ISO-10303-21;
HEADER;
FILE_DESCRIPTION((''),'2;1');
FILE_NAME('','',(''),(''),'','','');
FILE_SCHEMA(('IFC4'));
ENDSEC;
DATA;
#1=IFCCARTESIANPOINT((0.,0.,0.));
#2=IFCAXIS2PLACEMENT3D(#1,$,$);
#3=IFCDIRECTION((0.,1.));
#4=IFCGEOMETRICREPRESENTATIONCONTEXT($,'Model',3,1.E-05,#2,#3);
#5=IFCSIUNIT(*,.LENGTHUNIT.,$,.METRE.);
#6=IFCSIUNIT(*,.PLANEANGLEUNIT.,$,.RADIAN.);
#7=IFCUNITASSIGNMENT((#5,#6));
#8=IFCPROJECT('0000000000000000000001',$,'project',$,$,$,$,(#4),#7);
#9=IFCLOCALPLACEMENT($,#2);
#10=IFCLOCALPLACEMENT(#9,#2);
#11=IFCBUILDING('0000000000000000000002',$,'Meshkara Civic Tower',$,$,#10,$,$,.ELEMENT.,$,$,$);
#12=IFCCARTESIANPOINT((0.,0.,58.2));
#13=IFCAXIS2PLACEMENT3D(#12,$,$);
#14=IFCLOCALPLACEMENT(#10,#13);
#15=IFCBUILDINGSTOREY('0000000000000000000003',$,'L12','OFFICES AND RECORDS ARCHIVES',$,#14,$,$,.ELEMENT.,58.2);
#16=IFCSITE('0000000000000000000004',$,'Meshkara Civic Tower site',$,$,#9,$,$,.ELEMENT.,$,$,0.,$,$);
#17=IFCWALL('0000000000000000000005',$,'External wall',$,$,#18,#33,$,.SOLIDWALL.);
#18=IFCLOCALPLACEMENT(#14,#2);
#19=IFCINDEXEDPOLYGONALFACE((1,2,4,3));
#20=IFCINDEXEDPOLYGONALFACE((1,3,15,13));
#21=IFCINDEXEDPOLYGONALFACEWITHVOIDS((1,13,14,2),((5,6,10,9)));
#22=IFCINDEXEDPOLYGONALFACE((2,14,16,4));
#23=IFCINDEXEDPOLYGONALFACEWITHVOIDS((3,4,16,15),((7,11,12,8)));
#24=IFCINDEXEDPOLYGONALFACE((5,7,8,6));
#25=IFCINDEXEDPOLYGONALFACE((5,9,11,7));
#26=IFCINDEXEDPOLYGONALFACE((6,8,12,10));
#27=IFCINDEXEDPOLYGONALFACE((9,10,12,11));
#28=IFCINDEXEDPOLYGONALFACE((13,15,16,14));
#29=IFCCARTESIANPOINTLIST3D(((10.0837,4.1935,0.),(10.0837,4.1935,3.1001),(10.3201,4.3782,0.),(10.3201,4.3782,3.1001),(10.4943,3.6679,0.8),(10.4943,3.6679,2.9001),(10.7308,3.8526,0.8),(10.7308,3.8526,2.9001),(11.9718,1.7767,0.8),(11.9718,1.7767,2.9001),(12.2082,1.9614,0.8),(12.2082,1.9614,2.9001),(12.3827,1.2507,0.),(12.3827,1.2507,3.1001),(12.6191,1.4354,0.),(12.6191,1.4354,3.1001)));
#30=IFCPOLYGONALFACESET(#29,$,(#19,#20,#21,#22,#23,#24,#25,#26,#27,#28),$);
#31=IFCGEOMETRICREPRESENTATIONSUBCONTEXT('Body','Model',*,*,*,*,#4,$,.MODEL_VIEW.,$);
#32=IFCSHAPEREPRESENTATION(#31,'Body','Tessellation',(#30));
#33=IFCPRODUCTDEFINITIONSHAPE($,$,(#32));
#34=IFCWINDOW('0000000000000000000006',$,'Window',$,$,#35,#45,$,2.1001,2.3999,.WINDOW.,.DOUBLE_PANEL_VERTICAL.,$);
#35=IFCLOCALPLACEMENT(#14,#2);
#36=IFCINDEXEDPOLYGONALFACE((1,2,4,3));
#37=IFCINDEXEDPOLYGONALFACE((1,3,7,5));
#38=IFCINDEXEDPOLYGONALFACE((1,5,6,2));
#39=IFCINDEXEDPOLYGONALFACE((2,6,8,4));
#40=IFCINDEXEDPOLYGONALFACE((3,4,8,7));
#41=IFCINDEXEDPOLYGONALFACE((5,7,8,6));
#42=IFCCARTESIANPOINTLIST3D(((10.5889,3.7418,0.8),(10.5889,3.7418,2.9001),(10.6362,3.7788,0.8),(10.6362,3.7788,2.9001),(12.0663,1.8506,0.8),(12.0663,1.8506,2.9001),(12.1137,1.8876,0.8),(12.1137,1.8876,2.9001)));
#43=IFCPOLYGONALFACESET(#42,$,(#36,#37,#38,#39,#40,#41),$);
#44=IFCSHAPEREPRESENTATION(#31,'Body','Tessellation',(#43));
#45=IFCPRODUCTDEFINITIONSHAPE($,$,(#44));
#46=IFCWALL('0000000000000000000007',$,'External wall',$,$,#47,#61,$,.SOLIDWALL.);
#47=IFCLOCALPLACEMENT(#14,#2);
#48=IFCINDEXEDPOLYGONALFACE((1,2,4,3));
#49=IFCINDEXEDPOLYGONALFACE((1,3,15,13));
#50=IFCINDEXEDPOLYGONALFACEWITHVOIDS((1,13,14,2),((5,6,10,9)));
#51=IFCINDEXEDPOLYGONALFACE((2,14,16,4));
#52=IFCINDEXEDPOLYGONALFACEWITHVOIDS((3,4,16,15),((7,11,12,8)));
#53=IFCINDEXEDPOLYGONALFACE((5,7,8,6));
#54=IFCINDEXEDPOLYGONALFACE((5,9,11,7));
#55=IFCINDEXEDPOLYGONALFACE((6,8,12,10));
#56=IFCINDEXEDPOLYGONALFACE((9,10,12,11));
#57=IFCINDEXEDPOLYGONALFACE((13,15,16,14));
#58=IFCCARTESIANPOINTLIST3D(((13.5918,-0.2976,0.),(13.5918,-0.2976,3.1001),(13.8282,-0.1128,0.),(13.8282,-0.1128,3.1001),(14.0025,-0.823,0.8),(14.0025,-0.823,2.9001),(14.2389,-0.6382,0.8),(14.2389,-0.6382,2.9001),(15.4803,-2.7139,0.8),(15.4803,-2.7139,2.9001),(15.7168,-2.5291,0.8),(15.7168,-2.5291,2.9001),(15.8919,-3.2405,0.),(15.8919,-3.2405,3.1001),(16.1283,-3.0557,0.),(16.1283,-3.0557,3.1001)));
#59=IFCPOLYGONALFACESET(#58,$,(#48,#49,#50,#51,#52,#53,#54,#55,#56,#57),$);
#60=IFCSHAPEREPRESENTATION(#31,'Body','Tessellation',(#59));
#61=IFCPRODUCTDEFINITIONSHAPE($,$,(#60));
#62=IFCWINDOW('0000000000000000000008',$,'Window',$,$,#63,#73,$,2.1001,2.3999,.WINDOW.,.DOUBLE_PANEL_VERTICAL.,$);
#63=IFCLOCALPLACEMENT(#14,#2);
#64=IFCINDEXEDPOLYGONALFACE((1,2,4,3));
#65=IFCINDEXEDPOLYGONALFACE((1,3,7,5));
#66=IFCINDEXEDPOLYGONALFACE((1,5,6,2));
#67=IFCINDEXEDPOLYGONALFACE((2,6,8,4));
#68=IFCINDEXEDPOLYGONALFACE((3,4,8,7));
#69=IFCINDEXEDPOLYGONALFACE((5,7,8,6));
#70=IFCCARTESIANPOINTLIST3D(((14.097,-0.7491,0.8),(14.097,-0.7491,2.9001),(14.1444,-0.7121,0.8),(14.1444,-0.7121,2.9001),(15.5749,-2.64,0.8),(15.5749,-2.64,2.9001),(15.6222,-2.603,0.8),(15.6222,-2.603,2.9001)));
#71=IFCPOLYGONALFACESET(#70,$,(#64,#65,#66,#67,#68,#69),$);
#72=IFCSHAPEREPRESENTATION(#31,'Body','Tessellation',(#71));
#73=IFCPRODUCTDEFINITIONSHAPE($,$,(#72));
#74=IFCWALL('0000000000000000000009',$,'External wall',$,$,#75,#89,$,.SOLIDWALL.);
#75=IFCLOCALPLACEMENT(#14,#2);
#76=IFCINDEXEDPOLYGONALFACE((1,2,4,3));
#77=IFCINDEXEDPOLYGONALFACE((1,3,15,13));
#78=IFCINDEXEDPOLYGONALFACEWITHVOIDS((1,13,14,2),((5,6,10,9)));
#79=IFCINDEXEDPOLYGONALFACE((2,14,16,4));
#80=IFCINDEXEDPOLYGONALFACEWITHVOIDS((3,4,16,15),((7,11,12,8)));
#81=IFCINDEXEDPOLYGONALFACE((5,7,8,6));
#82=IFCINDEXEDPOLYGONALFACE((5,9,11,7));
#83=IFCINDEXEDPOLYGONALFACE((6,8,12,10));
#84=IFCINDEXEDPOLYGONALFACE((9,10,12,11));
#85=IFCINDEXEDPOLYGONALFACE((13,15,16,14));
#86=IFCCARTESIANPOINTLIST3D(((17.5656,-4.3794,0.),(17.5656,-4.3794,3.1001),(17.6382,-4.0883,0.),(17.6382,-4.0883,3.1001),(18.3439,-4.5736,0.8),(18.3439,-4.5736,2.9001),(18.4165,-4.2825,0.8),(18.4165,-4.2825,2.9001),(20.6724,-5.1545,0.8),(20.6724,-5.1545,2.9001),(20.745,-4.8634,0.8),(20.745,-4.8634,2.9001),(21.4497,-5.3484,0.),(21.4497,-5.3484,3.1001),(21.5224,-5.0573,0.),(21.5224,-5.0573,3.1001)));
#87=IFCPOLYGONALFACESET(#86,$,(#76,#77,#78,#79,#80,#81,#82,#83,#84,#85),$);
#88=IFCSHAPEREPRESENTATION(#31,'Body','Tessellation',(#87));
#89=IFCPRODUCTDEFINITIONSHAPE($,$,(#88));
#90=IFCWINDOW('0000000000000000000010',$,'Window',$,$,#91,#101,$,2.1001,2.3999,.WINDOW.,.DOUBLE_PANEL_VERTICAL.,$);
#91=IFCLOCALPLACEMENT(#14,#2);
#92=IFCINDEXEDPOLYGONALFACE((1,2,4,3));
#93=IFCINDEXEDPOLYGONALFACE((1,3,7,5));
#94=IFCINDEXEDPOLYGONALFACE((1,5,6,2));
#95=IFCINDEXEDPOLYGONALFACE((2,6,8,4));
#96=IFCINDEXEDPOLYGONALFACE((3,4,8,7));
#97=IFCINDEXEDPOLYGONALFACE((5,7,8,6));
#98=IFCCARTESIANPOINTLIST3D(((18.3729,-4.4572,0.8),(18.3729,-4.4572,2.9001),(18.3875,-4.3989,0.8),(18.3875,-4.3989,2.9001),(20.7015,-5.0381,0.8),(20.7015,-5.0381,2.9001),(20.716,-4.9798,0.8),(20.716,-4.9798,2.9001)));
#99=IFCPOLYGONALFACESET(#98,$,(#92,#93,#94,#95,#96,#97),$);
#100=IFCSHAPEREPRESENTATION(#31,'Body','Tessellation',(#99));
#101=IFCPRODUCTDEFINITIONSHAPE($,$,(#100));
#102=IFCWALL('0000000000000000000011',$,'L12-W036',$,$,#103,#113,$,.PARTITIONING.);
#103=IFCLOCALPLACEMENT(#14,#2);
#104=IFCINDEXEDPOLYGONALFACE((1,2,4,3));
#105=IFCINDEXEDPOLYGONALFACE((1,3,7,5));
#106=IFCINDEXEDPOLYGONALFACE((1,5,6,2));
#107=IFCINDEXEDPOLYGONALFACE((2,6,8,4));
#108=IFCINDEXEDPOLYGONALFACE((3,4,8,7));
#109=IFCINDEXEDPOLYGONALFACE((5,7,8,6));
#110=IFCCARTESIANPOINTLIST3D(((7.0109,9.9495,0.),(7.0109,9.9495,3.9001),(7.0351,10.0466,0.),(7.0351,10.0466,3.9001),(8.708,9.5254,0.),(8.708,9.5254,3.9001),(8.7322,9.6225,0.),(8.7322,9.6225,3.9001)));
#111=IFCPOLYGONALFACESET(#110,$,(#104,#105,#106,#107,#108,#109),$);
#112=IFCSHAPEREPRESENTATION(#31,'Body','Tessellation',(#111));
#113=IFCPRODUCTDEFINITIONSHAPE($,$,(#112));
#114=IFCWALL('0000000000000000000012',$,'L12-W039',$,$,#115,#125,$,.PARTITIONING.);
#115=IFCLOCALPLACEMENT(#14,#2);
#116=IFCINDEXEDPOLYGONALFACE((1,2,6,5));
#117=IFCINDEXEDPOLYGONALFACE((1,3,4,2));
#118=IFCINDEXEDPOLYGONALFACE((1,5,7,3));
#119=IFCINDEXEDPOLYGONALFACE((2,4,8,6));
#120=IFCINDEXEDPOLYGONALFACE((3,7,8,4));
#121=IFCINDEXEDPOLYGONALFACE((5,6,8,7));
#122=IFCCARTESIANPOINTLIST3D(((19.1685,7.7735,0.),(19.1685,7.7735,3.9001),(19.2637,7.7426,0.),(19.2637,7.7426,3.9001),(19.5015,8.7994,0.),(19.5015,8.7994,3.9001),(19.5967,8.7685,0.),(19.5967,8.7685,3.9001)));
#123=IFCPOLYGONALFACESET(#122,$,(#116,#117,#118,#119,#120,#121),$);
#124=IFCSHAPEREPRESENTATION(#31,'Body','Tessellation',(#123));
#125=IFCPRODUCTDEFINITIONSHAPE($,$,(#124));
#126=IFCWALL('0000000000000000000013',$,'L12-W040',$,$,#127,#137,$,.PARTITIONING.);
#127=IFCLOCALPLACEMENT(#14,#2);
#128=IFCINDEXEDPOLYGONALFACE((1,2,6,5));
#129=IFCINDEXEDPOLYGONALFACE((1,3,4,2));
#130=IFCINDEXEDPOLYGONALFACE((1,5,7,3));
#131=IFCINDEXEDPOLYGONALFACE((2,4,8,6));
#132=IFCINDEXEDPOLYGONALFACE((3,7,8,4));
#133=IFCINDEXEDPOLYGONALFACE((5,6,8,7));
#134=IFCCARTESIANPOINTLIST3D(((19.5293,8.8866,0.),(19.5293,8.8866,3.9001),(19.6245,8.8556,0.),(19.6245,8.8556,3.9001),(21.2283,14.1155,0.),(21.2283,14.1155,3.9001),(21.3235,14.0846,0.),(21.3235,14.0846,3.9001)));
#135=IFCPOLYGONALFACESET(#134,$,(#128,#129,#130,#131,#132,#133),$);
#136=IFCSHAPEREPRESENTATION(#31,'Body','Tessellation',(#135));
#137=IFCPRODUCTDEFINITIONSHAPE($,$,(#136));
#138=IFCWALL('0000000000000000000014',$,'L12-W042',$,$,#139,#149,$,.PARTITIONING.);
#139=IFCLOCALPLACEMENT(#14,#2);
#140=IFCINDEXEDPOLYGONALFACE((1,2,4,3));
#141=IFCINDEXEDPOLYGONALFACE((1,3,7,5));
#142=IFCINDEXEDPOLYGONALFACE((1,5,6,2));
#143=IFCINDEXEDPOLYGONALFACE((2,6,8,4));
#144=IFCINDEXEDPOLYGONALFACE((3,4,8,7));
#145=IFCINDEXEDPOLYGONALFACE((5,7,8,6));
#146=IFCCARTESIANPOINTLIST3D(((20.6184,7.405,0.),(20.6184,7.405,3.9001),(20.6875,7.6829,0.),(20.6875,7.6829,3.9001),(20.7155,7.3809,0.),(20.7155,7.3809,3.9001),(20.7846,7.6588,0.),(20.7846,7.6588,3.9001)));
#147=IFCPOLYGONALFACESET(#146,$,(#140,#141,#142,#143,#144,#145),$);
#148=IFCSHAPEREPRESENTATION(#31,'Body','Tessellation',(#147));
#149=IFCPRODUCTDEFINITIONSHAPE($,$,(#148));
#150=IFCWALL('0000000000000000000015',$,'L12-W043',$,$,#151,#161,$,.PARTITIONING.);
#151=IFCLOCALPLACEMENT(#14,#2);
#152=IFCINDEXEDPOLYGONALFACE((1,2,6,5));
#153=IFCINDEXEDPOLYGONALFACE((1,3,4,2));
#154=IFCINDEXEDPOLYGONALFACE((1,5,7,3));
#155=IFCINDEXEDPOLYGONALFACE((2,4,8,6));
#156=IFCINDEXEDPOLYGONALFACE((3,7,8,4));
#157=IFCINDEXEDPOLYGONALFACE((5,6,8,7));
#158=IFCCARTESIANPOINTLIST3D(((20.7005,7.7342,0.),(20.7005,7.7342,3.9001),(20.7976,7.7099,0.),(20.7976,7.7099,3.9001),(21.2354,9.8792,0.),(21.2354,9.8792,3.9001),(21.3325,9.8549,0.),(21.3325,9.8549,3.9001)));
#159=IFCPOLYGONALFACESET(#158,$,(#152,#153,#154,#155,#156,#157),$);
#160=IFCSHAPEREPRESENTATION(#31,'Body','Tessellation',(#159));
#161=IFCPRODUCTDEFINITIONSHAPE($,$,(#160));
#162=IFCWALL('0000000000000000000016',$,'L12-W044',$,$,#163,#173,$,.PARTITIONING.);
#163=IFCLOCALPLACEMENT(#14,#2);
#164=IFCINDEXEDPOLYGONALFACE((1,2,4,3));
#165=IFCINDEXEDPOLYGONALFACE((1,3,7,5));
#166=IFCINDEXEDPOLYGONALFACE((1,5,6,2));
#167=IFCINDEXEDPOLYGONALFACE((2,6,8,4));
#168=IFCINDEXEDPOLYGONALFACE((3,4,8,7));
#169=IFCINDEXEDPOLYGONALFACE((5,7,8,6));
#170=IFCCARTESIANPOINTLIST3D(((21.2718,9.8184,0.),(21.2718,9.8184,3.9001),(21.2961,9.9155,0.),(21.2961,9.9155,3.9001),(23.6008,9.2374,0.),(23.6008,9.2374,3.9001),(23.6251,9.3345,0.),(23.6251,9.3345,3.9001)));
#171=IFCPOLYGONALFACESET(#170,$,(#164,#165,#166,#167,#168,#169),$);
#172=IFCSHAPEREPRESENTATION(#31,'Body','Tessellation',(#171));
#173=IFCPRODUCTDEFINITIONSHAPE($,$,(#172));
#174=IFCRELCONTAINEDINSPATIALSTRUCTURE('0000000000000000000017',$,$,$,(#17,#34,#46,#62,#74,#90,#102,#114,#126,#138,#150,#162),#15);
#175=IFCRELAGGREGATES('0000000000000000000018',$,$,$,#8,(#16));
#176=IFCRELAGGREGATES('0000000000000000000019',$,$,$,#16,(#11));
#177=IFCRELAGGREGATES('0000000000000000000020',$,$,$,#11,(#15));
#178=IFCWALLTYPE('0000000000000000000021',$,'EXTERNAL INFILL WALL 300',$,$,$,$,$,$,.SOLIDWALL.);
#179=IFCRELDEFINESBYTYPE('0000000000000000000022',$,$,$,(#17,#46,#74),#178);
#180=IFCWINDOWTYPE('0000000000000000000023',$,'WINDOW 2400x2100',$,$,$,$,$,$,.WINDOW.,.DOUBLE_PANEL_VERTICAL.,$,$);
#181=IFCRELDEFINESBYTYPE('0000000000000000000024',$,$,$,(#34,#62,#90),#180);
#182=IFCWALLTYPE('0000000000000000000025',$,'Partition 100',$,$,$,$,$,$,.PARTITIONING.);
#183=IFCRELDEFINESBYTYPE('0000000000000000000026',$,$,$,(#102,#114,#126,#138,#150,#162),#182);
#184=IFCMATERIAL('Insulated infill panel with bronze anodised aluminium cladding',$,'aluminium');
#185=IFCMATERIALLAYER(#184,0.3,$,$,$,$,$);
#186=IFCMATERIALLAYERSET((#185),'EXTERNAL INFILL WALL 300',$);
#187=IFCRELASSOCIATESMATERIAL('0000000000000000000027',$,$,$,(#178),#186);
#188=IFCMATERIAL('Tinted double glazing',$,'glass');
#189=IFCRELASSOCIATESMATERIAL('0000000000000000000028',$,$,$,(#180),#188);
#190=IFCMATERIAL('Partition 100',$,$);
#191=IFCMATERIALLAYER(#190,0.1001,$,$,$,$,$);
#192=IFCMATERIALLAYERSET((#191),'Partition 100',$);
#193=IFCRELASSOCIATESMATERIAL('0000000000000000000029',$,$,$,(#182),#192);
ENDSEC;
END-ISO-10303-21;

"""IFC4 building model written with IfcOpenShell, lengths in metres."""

from ifc_helpers import new_model, si_unit, direction, frame, frame_2d, origin, place, context, subcontext, project, spatial, rectangle, extrude, material, layer, layer_set, type_object, element, fill, save


model = new_model("IFC4")

# Units and contexts
model_context = context("Model", 3, precision=1e-05, world=origin(), true_north=direction((0.0, 1.0)))
body_context = subcontext(model_context, "Body", "Model", "MODEL_VIEW")
ifc_project = project(units=[si_unit("LENGTHUNIT", "METRE"), si_unit("PLANEANGLEUNIT", "RADIAN")], contexts=[model_context])

# Site, building, storey
site_placement = place(None, origin())
site = spatial("IfcSite", under=ifc_project, at=site_placement, Name="Meshkara Civic Tower site", CompositionType="ELEMENT", RefElevation=0.0)
building_placement = place(site_placement, origin())
building = spatial("IfcBuilding", under=site, at=building_placement, Name="Meshkara Civic Tower", CompositionType="ELEMENT")
storey_placement = place(building_placement, frame((0.0, 0.0, 58.2)))
storey = spatial("IfcBuildingStorey", under=building, at=storey_placement, Name="L12", Description="OFFICES AND RECORDS ARCHIVES", CompositionType="ELEMENT", Elevation=58.2)

# Walls, openings, windows
ifc_material_1 = material(Name="Insulated infill panel with bronze anodised aluminium cladding", Category="aluminium")
ifc_layer_1 = layer(ifc_material_1, 0.3)
ifc_layer_set_1 = layer_set([ifc_layer_1], Name="EXTERNAL INFILL WALL 300")
wall_type_1 = type_object("IfcWallType", Name="EXTERNAL INFILL WALL 300", PredefinedType="SOLIDWALL", material=ifc_layer_set_1)
wall_1_placement = place(storey_placement, frame((10.2019, 4.2859, 0.0), z_axis=(0.0, 0.0, 1.0), x_axis=(0.615636, -0.78803, 0.0)))
wall_1 = element("IfcWall", 1, at=wall_1_placement, inside=storey, type_object=wall_type_1, Name="External wall", PredefinedType="SOLIDWALL", context=body_context, shape_type="SweptSolid", body=[
    extrude(rectangle(XDim=3.7344, YDim=0.3, at=frame_2d((1.8672, 0.0))), origin(), (0.0, 0.0, 1.0), 3.1001),
])
opening_1_placement = place(wall_1_placement, frame((0.667, 0.0, 0.8)))
opening_1 = element("IfcOpeningElement", 2, at=opening_1_placement, cuts=wall_1, PredefinedType="OPENING", context=body_context, shape_type="SweptSolid", body=[
    extrude(rectangle(XDim=2.3999, YDim=2.1001, at=frame_2d((1.2, 1.05))), frame((0.0, 0.1599, 0.0), z_axis=(0.0, -1.0, 0.0), x_axis=(1.0, 0.0, 0.0)), (0.0, 0.0, 1.0), 0.3201),
])
ifc_material_2 = material(Name="Tinted double glazing", Category="glass")
window_type = type_object("IfcWindowType", Name="WINDOW 2400x2100", PartitioningType="DOUBLE_PANEL_VERTICAL", PredefinedType="WINDOW", material=ifc_material_2)
window_1_placement = place(opening_1_placement, origin())
window_1 = element("IfcWindow", 3, at=window_1_placement, inside=storey, type_object=window_type, Name="Window", OverallHeight=2.1001, OverallWidth=2.3999, PartitioningType="DOUBLE_PANEL_VERTICAL", PredefinedType="WINDOW", context=body_context, shape_type="SweptSolid", body=[
    extrude(rectangle(XDim=2.3999, YDim=2.1001, at=frame_2d((1.2, 1.05))), frame((0.0, 0.03, 0.0), z_axis=(0.0, -1.0, 0.0), x_axis=(1.0, 0.0, 0.0)), (0.0, 0.0, 1.0), 0.0601),
])
fill(opening_1, window_1)
wall_2_placement = place(storey_placement, frame((13.71, -0.2051, 0.0), z_axis=(0.0, 0.0, 1.0), x_axis=(0.615799, -0.787903, 0.0)))
wall_2 = element("IfcWall", 4, at=wall_2_placement, inside=storey, type_object=wall_type_1, Name="External wall", PredefinedType="SOLIDWALL", context=body_context, shape_type="SweptSolid", body=[
    extrude(rectangle(XDim=3.7351, YDim=0.3, at=frame_2d((1.8677, 0.0))), origin(), (0.0, 0.0, 1.0), 3.1001),
])
opening_2_placement = place(wall_2_placement, frame((0.667, 0.0, 0.8)))
opening_2 = element("IfcOpeningElement", 5, at=opening_2_placement, cuts=wall_2, PredefinedType="OPENING", context=body_context, shape_type="SweptSolid", body=[
    extrude(rectangle(XDim=2.3999, YDim=2.1001, at=frame_2d((1.2, 1.05))), frame((0.0, 0.1599, 0.0), z_axis=(0.0, -1.0, 0.0), x_axis=(1.0, 0.0, 0.0)), (0.0, 0.0, 1.0), 0.3201),
])
window_2_placement = place(opening_2_placement, origin())
window_2 = element("IfcWindow", 6, at=window_2_placement, inside=storey, type_object=window_type, Name="Window", OverallHeight=2.1001, OverallWidth=2.3999, PartitioningType="DOUBLE_PANEL_VERTICAL", PredefinedType="WINDOW", context=body_context, shape_type="SweptSolid", body=[
    extrude(rectangle(XDim=2.3999, YDim=2.1001, at=frame_2d((1.2, 1.05))), frame((0.0, 0.03, 0.0), z_axis=(0.0, -1.0, 0.0), x_axis=(1.0, 0.0, 0.0)), (0.0, 0.0, 1.0), 0.0601),
])
fill(opening_2, window_2)
wall_3_placement = place(storey_placement, frame((17.6021, -4.2339, 0.0), z_axis=(0.0, 0.0, 1.0), x_axis=(0.970261, -0.242062, 0.0)))
wall_3 = element("IfcWall", 7, at=wall_3_placement, inside=storey, type_object=wall_type_1, Name="External wall", PredefinedType="SOLIDWALL", context=body_context, shape_type="SweptSolid", body=[
    extrude(rectangle(XDim=4.0032, YDim=0.3, at=frame_2d((2.0015, 0.0))), origin(), (0.0, 0.0, 1.0), 3.1001),
])
opening_3_placement = place(wall_3_placement, frame((0.802, 0.0, 0.8)))
opening_3 = element("IfcOpeningElement", 8, at=opening_3_placement, cuts=wall_3, PredefinedType="OPENING", context=body_context, shape_type="SweptSolid", body=[
    extrude(rectangle(XDim=2.3999, YDim=2.1001, at=frame_2d((1.2, 1.05))), frame((0.0, 0.1599, 0.0), z_axis=(0.0, -1.0, 0.0), x_axis=(1.0, 0.0, 0.0)), (0.0, 0.0, 1.0), 0.3201),
])
window_3_placement = place(opening_3_placement, origin())
window_3 = element("IfcWindow", 9, at=window_3_placement, inside=storey, type_object=window_type, Name="Window", OverallHeight=2.1001, OverallWidth=2.3999, PartitioningType="DOUBLE_PANEL_VERTICAL", PredefinedType="WINDOW", context=body_context, shape_type="SweptSolid", body=[
    extrude(rectangle(XDim=2.3999, YDim=2.1001, at=frame_2d((1.2, 1.05))), frame((0.0, 0.03, 0.0), z_axis=(0.0, -1.0, 0.0), x_axis=(1.0, 0.0, 0.0)), (0.0, 0.0, 1.0), 0.0601),
])
fill(opening_3, window_3)

# Walls
ifc_material_3 = material(Name="Partition 100")
ifc_layer_2 = layer(ifc_material_3, 0.1001)
ifc_layer_set_2 = layer_set([ifc_layer_2], Name="Partition 100")
wall_type_2 = type_object("IfcWallType", Name="Partition 100", PredefinedType="PARTITIONING", material=ifc_layer_set_2)
wall_4_placement = place(storey_placement, frame((8.72, 9.574, 0.0), z_axis=(0.0, 0.0, 1.0), x_axis=(-0.970167, 0.242437, 0.0)))
element("IfcWall", 10, at=wall_4_placement, inside=storey, type_object=wall_type_2, Name="L12-W036", PredefinedType="PARTITIONING", context=body_context, shape_type="SweptSolid", body=[
    extrude(rectangle(XDim=1.7493, YDim=0.1001, at=frame_2d((0.8745, 0.0))), origin(), (0.0, 0.0, 1.0), 3.9001),
])
wall_5_placement = place(storey_placement, frame((19.2161, 7.7581, 0.0), z_axis=(0.0, 0.0, 1.0), x_axis=(0.308748, 0.951144, 0.0)))
element("IfcWall", 11, at=wall_5_placement, inside=storey, type_object=wall_type_2, Name="L12-W039", PredefinedType="PARTITIONING", context=body_context, shape_type="SweptSolid", body=[
    extrude(rectangle(XDim=1.0786, YDim=0.1001, at=frame_2d((0.5393, 0.0))), origin(), (0.0, 0.0, 1.0), 3.9001),
])
wall_6_placement = place(storey_placement, frame((19.5769, 8.8711, 0.0), z_axis=(0.0, 0.0, 1.0), x_axis=(0.309012, 0.951058, 0.0)))
element("IfcWall", 12, at=wall_6_placement, inside=storey, type_object=wall_type_2, Name="L12-W040", PredefinedType="PARTITIONING", context=body_context, shape_type="SweptSolid", body=[
    extrude(rectangle(XDim=5.498, YDim=0.1001, at=frame_2d((2.749, 0.0))), origin(), (0.0, 0.0, 1.0), 3.9001),
])
wall_7_placement = place(storey_placement, frame((20.667, 7.3931, 0.0), z_axis=(0.0, 0.0, 1.0), x_axis=(0.241332, 0.970443, 0.0)))
element("IfcWall", 13, at=wall_7_placement, inside=storey, type_object=wall_type_2, Name="L12-W042", PredefinedType="PARTITIONING", context=body_context, shape_type="SweptSolid", body=[
    extrude(rectangle(XDim=0.2864, YDim=0.1001, at=frame_2d((0.1431, 0.0))), origin(), (0.0, 0.0, 1.0), 3.9001),
])
wall_8_placement = place(storey_placement, frame((20.749, 7.7219, 0.0), z_axis=(0.0, 0.0, 1.0), x_axis=(0.241964, 0.970285, 0.0)))
element("IfcWall", 14, at=wall_8_placement, inside=storey, type_object=wall_type_2, Name="L12-W043", PredefinedType="PARTITIONING", context=body_context, shape_type="SweptSolid", body=[
    extrude(rectangle(XDim=2.2107, YDim=0.1001, at=frame_2d((1.1055, 0.0))), origin(), (0.0, 0.0, 1.0), 3.9001),
])
wall_9_placement = place(storey_placement, frame((21.2839, 9.8669, 0.0), z_axis=(0.0, 0.0, 1.0), x_axis=(0.970262, -0.242057, 0.0)))
element("IfcWall", 15, at=wall_9_placement, inside=storey, type_object=wall_type_2, Name="L12-W044", PredefinedType="PARTITIONING", context=body_context, shape_type="SweptSolid", body=[
    extrude(rectangle(XDim=2.4004, YDim=0.1001, at=frame_2d((1.2002, 0.0))), origin(), (0.0, 0.0, 1.0), 3.9001),
])

save(model, "model.ifc")
